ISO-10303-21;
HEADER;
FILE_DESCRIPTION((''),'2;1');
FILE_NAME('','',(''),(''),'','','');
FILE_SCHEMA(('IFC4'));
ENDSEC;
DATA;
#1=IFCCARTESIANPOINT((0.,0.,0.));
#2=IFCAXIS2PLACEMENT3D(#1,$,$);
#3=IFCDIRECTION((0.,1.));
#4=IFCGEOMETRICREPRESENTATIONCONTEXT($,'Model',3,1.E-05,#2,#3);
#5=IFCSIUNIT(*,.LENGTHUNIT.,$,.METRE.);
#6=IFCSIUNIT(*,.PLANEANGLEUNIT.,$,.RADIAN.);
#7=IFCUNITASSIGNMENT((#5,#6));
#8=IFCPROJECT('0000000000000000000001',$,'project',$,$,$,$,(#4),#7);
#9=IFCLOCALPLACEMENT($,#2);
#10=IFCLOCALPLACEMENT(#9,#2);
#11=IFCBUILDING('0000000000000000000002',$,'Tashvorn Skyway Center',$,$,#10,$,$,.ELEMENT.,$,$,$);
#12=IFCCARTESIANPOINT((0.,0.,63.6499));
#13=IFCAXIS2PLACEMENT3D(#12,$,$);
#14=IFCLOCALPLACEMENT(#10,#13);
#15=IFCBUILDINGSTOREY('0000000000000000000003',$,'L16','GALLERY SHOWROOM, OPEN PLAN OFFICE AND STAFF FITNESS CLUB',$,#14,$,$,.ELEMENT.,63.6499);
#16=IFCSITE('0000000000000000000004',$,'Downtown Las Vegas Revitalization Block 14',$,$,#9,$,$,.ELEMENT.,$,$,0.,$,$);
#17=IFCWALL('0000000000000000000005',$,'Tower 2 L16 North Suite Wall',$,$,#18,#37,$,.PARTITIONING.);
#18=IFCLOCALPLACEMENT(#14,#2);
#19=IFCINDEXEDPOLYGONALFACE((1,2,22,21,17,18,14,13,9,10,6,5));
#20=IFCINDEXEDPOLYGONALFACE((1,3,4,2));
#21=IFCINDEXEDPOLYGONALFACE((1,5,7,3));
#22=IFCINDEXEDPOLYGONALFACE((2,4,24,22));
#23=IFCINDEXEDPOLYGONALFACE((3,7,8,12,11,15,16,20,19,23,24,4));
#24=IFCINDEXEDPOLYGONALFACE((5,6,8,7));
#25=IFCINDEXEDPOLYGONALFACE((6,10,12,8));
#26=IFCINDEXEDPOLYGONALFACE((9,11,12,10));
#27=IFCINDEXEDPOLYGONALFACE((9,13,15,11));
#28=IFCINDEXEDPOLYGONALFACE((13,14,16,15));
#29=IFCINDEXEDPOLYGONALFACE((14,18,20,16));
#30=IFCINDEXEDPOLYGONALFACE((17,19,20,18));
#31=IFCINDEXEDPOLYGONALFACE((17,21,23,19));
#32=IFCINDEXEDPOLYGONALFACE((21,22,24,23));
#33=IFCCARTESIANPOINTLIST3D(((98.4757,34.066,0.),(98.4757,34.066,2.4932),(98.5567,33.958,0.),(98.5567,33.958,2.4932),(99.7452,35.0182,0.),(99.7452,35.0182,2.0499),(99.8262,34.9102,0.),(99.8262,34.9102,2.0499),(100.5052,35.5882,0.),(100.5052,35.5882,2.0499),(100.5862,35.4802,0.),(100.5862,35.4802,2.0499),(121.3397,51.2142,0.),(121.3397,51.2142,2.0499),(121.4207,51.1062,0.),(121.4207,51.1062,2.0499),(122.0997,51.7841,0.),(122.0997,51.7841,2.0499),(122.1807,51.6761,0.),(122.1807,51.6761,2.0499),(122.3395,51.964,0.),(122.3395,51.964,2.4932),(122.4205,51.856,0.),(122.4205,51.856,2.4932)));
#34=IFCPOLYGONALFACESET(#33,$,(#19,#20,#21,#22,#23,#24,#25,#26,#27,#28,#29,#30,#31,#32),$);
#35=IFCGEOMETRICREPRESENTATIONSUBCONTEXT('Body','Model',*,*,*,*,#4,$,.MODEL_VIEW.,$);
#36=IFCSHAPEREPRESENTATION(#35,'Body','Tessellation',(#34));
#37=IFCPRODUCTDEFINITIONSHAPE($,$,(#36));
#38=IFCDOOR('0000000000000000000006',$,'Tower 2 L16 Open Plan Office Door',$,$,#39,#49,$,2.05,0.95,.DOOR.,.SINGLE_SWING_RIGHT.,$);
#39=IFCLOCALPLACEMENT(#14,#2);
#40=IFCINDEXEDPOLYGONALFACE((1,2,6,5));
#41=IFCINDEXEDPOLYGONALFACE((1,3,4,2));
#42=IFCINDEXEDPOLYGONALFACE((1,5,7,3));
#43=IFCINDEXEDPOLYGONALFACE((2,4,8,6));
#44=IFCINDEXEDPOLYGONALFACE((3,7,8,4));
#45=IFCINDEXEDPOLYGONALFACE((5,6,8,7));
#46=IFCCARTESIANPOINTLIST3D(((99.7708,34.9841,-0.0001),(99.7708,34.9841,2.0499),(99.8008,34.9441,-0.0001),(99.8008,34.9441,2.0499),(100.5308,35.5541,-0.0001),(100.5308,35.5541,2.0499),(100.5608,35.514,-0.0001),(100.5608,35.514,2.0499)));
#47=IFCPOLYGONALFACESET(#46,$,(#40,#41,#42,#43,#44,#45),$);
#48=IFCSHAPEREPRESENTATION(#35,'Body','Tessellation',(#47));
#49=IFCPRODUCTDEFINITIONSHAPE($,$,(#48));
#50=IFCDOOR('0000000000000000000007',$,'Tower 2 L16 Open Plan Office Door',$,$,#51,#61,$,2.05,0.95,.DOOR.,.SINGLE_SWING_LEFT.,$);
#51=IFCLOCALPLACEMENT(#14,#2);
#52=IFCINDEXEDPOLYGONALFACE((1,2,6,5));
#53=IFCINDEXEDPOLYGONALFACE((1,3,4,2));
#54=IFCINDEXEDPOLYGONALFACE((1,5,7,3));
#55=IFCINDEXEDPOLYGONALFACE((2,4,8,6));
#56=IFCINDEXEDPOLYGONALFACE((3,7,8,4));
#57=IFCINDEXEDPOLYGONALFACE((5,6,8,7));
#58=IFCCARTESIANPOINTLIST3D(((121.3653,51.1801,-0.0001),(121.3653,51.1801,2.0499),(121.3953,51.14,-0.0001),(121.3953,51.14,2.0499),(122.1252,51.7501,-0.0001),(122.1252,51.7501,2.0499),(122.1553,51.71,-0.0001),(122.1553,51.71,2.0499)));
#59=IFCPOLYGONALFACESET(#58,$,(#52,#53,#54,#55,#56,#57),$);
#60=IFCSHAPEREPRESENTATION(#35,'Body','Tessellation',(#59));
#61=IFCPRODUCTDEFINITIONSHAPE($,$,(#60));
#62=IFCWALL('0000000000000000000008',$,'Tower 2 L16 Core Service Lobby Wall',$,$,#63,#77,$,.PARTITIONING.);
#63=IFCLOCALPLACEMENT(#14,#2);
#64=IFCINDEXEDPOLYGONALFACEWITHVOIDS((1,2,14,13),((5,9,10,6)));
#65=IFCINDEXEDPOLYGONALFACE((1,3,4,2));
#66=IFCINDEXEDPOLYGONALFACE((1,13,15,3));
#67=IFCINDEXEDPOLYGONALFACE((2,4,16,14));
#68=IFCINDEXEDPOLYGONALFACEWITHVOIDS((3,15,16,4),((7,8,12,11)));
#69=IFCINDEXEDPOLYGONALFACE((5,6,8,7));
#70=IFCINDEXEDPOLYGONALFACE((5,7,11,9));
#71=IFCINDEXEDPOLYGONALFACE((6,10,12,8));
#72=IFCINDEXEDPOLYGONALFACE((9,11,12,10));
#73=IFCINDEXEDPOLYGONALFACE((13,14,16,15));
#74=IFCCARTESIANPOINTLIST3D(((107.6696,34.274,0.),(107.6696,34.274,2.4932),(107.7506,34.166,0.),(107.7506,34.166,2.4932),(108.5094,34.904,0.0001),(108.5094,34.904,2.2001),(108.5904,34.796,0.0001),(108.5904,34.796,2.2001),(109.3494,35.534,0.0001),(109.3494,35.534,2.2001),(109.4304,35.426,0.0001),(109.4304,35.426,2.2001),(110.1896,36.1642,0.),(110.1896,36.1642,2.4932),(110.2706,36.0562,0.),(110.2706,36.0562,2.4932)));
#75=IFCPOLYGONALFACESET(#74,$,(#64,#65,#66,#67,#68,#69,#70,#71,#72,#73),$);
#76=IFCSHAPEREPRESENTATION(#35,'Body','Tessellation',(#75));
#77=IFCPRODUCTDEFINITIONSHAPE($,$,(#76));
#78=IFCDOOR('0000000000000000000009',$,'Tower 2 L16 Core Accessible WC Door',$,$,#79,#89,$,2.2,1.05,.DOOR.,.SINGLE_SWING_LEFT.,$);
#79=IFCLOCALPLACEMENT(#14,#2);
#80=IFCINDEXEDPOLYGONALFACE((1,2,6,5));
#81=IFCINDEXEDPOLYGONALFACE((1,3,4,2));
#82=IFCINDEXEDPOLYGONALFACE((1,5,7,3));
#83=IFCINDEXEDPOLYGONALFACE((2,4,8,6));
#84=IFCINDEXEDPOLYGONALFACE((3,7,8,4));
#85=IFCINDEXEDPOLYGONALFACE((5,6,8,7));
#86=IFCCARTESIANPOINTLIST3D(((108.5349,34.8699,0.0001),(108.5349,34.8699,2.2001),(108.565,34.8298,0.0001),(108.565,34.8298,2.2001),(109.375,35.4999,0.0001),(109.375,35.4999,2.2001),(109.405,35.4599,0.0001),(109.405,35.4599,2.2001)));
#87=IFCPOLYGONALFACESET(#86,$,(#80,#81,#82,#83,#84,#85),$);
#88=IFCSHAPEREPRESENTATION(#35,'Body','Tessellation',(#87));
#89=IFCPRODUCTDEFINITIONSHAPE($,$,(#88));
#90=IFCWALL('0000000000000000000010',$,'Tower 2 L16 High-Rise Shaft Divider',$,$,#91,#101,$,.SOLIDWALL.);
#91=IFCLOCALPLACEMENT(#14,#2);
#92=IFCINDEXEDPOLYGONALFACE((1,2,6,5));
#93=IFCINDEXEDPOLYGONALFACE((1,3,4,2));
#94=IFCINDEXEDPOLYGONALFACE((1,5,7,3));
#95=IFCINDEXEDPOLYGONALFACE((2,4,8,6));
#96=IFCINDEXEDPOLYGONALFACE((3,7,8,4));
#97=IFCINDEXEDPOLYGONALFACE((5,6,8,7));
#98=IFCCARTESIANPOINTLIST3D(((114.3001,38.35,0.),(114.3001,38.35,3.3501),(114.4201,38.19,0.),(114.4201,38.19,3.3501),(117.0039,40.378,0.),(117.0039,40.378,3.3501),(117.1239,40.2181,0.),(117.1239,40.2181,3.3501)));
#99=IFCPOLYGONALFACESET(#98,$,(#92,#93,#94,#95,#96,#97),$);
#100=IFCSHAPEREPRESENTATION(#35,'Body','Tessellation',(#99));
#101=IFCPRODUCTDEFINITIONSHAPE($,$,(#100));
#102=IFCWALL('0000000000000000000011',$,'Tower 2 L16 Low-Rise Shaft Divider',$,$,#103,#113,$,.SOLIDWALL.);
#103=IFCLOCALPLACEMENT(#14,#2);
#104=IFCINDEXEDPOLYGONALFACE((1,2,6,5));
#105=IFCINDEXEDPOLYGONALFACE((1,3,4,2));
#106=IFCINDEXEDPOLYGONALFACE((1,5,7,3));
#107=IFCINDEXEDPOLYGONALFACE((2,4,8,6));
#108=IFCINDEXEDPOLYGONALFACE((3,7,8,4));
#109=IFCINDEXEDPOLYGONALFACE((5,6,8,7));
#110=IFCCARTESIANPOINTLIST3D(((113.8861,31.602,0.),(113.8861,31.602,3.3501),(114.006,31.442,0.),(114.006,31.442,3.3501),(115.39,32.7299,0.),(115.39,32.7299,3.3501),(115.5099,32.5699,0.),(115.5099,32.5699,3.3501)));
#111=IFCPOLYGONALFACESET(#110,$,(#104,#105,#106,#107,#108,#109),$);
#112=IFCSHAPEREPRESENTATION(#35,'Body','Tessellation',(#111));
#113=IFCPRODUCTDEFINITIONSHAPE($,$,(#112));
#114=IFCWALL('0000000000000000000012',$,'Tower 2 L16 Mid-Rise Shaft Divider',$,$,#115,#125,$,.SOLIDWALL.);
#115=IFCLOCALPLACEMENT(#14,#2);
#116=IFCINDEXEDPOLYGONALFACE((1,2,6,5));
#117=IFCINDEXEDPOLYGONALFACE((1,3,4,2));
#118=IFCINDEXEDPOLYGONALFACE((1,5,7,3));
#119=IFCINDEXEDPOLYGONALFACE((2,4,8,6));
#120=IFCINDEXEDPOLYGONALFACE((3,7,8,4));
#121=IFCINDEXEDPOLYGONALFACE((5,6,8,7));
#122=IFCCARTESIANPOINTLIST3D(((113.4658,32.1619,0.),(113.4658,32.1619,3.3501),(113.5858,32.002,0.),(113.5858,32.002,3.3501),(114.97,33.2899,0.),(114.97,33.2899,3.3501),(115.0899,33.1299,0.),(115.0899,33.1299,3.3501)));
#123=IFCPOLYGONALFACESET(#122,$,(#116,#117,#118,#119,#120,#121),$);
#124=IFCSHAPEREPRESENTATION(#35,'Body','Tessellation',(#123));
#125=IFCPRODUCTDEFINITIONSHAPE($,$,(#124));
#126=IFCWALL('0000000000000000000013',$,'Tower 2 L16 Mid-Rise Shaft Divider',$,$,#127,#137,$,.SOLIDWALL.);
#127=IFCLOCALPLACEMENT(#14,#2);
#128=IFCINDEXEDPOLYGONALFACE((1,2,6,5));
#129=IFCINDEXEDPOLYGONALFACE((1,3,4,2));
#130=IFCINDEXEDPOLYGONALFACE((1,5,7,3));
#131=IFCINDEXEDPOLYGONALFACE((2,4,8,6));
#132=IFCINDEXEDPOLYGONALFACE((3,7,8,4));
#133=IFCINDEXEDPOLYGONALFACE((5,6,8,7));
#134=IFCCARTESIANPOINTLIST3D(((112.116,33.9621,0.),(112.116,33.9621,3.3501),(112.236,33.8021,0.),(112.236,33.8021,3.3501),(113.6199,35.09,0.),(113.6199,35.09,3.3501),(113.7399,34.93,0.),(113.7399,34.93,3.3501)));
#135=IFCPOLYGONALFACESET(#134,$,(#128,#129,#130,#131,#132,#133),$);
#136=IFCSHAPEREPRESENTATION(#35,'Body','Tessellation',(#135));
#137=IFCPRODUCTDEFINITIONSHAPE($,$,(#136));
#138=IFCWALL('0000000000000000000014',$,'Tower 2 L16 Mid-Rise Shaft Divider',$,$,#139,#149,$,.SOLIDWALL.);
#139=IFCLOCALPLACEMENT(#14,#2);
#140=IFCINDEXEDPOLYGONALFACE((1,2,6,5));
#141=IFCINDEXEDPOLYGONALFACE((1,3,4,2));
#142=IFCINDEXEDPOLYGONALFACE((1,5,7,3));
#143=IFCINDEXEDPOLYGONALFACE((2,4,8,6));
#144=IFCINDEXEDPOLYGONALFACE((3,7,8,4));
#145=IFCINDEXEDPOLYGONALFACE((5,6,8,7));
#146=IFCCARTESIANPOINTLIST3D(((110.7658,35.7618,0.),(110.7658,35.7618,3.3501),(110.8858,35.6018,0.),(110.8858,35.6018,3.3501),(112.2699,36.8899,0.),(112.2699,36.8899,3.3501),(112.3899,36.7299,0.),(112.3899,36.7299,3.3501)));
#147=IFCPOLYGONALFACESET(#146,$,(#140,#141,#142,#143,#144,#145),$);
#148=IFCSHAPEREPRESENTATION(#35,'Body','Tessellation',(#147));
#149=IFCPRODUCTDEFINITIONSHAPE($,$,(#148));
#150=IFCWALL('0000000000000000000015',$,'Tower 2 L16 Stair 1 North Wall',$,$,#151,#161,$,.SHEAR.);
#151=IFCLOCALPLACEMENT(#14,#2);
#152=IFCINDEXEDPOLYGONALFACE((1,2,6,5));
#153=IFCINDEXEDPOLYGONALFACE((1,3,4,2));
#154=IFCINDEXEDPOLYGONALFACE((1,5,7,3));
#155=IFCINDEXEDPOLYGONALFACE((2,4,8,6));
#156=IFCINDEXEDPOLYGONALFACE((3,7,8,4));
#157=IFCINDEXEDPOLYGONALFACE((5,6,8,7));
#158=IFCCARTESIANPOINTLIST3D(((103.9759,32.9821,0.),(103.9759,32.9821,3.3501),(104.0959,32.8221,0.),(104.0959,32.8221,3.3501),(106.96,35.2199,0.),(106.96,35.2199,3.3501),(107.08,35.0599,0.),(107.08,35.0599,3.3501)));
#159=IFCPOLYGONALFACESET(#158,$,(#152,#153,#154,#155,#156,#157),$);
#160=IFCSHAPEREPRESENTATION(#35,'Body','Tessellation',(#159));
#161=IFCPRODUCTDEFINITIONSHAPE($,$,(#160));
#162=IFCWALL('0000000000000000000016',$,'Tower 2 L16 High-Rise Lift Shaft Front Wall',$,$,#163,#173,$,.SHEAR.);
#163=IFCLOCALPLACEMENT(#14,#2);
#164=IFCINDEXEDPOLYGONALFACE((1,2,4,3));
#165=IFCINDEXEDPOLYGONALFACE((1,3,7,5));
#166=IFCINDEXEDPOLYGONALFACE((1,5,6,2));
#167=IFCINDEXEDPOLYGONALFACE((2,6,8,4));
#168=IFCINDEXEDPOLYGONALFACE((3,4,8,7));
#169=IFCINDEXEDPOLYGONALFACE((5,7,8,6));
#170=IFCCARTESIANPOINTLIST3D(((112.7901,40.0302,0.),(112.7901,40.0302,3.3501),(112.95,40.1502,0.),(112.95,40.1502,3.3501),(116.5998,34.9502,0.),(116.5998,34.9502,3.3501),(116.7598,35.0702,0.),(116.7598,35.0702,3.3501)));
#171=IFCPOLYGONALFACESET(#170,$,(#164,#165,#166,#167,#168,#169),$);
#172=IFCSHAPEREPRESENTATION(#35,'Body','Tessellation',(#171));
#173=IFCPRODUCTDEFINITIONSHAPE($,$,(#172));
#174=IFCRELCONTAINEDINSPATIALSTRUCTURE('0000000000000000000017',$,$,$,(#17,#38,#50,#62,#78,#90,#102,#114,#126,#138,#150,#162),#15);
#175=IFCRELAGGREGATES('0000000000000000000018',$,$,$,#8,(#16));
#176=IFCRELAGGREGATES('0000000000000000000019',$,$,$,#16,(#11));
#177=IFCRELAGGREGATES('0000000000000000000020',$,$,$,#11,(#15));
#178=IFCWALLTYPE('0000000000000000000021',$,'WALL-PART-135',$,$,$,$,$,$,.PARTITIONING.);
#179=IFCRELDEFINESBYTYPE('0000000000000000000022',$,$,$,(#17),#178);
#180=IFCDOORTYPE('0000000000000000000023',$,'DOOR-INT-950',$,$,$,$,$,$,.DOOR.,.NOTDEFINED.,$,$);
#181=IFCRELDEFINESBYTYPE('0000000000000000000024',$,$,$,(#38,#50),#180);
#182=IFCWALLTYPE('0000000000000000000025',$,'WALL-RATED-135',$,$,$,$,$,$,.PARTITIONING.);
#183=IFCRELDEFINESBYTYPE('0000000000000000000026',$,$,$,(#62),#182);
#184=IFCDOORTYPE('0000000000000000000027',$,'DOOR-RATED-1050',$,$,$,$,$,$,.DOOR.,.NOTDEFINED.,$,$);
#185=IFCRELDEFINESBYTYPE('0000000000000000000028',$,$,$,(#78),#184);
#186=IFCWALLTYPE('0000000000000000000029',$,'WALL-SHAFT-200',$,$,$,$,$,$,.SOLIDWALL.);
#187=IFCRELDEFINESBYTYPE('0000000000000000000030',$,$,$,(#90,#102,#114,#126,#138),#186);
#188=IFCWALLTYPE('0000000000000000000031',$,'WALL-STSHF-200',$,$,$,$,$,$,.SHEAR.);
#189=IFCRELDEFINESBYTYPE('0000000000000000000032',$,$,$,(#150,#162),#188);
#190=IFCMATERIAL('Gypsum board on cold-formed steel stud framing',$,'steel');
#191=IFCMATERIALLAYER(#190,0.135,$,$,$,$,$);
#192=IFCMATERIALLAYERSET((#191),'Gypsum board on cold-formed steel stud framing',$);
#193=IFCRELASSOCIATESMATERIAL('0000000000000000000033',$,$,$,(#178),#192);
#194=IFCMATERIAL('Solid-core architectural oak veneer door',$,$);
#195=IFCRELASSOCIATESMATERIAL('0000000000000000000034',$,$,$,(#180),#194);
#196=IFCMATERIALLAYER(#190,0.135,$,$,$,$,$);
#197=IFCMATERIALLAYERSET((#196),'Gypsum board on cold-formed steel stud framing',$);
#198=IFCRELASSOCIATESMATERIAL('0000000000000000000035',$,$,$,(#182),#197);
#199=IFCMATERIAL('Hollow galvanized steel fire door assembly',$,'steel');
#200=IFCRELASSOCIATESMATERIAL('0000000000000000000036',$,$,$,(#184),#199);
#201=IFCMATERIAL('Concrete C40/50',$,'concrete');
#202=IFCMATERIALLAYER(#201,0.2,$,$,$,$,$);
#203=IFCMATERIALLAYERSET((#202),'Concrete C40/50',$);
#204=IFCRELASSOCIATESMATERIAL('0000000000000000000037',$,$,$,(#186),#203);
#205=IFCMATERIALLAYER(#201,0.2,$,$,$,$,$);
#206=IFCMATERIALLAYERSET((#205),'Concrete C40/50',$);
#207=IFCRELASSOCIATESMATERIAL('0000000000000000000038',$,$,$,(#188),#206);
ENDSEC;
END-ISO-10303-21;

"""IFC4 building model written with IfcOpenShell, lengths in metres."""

from ifc_helpers import new_model, si_unit, direction, frame, frame_2d, origin, place, context, subcontext, project, spatial, rectangle, extrude, material, layer, layer_set, type_object, element, fill, save


model = new_model("IFC4")

# Units and contexts
model_context = context("Model", 3, precision=1e-05, world=origin(), true_north=direction((0.0, 1.0)))
body_context = subcontext(model_context, "Body", "Model", "MODEL_VIEW")
ifc_project = project(units=[si_unit("LENGTHUNIT", "METRE"), si_unit("PLANEANGLEUNIT", "RADIAN")], contexts=[model_context])

# Site, building, storey
site_placement = place(None, origin())
site = spatial("IfcSite", under=ifc_project, at=site_placement, Name="Downtown Las Vegas Revitalization Block 14", CompositionType="ELEMENT", RefElevation=0.0)
building_placement = place(site_placement, origin())
building = spatial("IfcBuilding", under=site, at=building_placement, Name="Tashvorn Skyway Center", CompositionType="ELEMENT")
storey_placement = place(building_placement, frame((0.0, 0.0, 63.6499)))
storey = spatial("IfcBuildingStorey", under=building, at=storey_placement, Name="L16", Description="GALLERY SHOWROOM, OPEN PLAN OFFICE AND STAFF FITNESS CLUB", CompositionType="ELEMENT", Elevation=63.6499)

# Shared definitions
ifc_material_1 = material(Name="Hollow galvanized steel fire door assembly", Category="steel")

# Shared definitions
ifc_material_2 = material(Name="Concrete C40/50", Category="concrete")
ifc_material_3 = material(Name="Gypsum board on cold-formed steel stud framing", Category="steel")

# Wall, openings, doors
ifc_layer_1 = layer(ifc_material_3, 0.135)
ifc_layer_set_1 = layer_set([ifc_layer_1], Name="Gypsum board on cold-formed steel stud framing")
wall_type_1 = type_object("IfcWallType", Name="WALL-PART-135", PredefinedType="PARTITIONING", material=ifc_layer_set_1)
wall_1_placement = place(storey_placement, frame((98.5161, 34.012, 0.0), z_axis=(0.0, 0.0, 1.0), x_axis=(0.799998, 0.600003, 0.0)))
wall_1 = element("IfcWall", 1, at=wall_1_placement, inside=storey, type_object=wall_type_1, Name="Tower 2 L16 North Suite Wall", PredefinedType="PARTITIONING", context=body_context, shape_type="SweptSolid", body=[
    extrude(rectangle(XDim=29.8298, YDim=0.135, at=frame_2d((14.915, 0.0))), origin(), (0.0, 0.0, 1.0), 2.4932),
])
opening_1_placement = place(wall_1_placement, frame((1.5869, 0.0, 0.0)))
opening_1 = element("IfcOpeningElement", 2, at=opening_1_placement, cuts=wall_1, PredefinedType="OPENING", context=body_context, shape_type="SweptSolid", body=[
    extrude(rectangle(XDim=0.95, YDim=2.05, at=frame_2d((0.4751, 1.0249))), frame((0.0, 0.0774, 0.0), z_axis=(0.0, -1.0, 0.0), x_axis=(1.0, 0.0, 0.0)), (0.0, 0.0, 1.0), 0.155),
])
opening_2_placement = place(wall_1_placement, frame((28.5801, 0.0, 0.0)))
opening_2 = element("IfcOpeningElement", 3, at=opening_2_placement, cuts=wall_1, PredefinedType="OPENING", context=body_context, shape_type="SweptSolid", body=[
    extrude(rectangle(XDim=0.95, YDim=2.05, at=frame_2d((0.4751, 1.0249))), frame((0.0, 0.0774, 0.0), z_axis=(0.0, -1.0, 0.0), x_axis=(1.0, 0.0, 0.0)), (0.0, 0.0, 1.0), 0.155),
])
ifc_material_4 = material(Name="Solid-core architectural oak veneer door")
door_type_1 = type_object("IfcDoorType", Name="DOOR-INT-950", OperationType="NOTDEFINED", PredefinedType="DOOR", material=ifc_material_4)
door_1_placement = place(opening_1_placement, origin())
door_1 = element("IfcDoor", 4, at=door_1_placement, inside=storey, type_object=door_type_1, Name="Tower 2 L16 Open Plan Office Door", OperationType="SINGLE_SWING_RIGHT", OverallHeight=2.05, OverallWidth=0.95, PredefinedType="DOOR", context=body_context, shape_type="SweptSolid", body=[
    extrude(rectangle(XDim=0.95, YDim=2.05, at=frame_2d((0.4751, 1.0249))), frame((0.0, 0.0249, 0.0), z_axis=(0.0, -1.0, 0.0), x_axis=(1.0, 0.0, 0.0)), (0.0, 0.0, 1.0), 0.05),
])
fill(opening_1, door_1)
door_2_placement = place(opening_2_placement, origin())
door_2 = element("IfcDoor", 5, at=door_2_placement, inside=storey, type_object=door_type_1, Name="Tower 2 L16 Open Plan Office Door", OperationType="SINGLE_SWING_LEFT", OverallHeight=2.05, OverallWidth=0.95, PredefinedType="DOOR", context=body_context, shape_type="SweptSolid", body=[
    extrude(rectangle(XDim=0.95, YDim=2.05, at=frame_2d((0.4751, 1.0249))), frame((0.0, 0.0249, 0.0), z_axis=(0.0, -1.0, 0.0), x_axis=(1.0, 0.0, 0.0)), (0.0, 0.0, 1.0), 0.05),
])
fill(opening_2, door_2)

# Wall, opening, door
ifc_layer_2 = layer(ifc_material_3, 0.135)
ifc_layer_set_2 = layer_set([ifc_layer_2], Name="Gypsum board on cold-formed steel stud framing")
wall_type_2 = type_object("IfcWallType", Name="WALL-RATED-135", PredefinedType="PARTITIONING", material=ifc_layer_set_2)
wall_2_placement = place(storey_placement, frame((107.71, 34.22, 0.0), z_axis=(0.0, 0.0, 1.0), x_axis=(0.799981, 0.600025, 0.0)))
wall_2 = element("IfcWall", 6, at=wall_2_placement, inside=storey, type_object=wall_type_2, Name="Tower 2 L16 Core Service Lobby Wall", PredefinedType="PARTITIONING", context=body_context, shape_type="SweptSolid", body=[
    extrude(rectangle(XDim=3.1501, YDim=0.135, at=frame_2d((1.5752, 0.0))), origin(), (0.0, 0.0, 1.0), 2.4932),
])
opening_3_placement = place(wall_2_placement, frame((1.05, 0.0, 0.0)))
opening_3 = element("IfcOpeningElement", 7, at=opening_3_placement, cuts=wall_2, PredefinedType="OPENING", context=body_context, shape_type="SweptSolid", body=[
    extrude(rectangle(XDim=1.05, YDim=2.2, at=frame_2d((0.5249, 1.1001))), frame((0.0, 0.0774, 0.0), z_axis=(0.0, -1.0, 0.0), x_axis=(1.0, 0.0, 0.0)), (0.0, 0.0, 1.0), 0.155),
])
door_type_2 = type_object("IfcDoorType", Name="DOOR-RATED-1050", OperationType="NOTDEFINED", PredefinedType="DOOR", material=ifc_material_1)
door_3_placement = place(opening_3_placement, origin())
door_3 = element("IfcDoor", 8, at=door_3_placement, inside=storey, type_object=door_type_2, Name="Tower 2 L16 Core Accessible WC Door", OperationType="SINGLE_SWING_LEFT", OverallHeight=2.2, OverallWidth=1.05, PredefinedType="DOOR", context=body_context, shape_type="SweptSolid", body=[
    extrude(rectangle(XDim=1.05, YDim=2.2, at=frame_2d((0.5249, 1.1001))), frame((0.0, 0.0249, 0.0), z_axis=(0.0, -1.0, 0.0), x_axis=(1.0, 0.0, 0.0)), (0.0, 0.0, 1.0), 0.05),
])
fill(opening_3, door_3)

# Walls
ifc_layer_3 = layer(ifc_material_2, 0.2)
ifc_layer_set_3 = layer_set([ifc_layer_3], Name="Concrete C40/50")
wall_type_3 = type_object("IfcWallType", Name="WALL-SHAFT-200", PredefinedType="SOLIDWALL", material=ifc_layer_set_3)
wall_3_placement = place(storey_placement, frame((114.3601, 38.27, 0.0), z_axis=(0.0, 0.0, 1.0), x_axis=(0.799974, 0.600035, 0.0)))
element("IfcWall", 9, at=wall_3_placement, inside=storey, type_object=wall_type_3, Name="Tower 2 L16 High-Rise Shaft Divider", PredefinedType="SOLIDWALL", context=body_context, shape_type="SweptSolid", body=[
    extrude(rectangle(XDim=3.3799, YDim=0.2, at=frame_2d((1.6899, 0.0))), origin(), (0.0, 0.0, 1.0), 3.3501),
])
wall_4_placement = place(storey_placement, frame((113.946, 31.522, 0.0), z_axis=(0.0, 0.0, 1.0), x_axis=(0.8, 0.6, 0.0)))
element("IfcWall", 10, at=wall_4_placement, inside=storey, type_object=wall_type_3, Name="Tower 2 L16 Low-Rise Shaft Divider", PredefinedType="SOLIDWALL", context=body_context, shape_type="SweptSolid", body=[
    extrude(rectangle(XDim=1.8799, YDim=0.2, at=frame_2d((0.9399, 0.0))), origin(), (0.0, 0.0, 1.0), 3.3501),
])
wall_5_placement = place(storey_placement, frame((113.5259, 32.082, 0.0), z_axis=(0.0, 0.0, 1.0), x_axis=(0.800047, 0.599938, 0.0)))
element("IfcWall", 11, at=wall_5_placement, inside=storey, type_object=wall_type_3, Name="Tower 2 L16 Mid-Rise Shaft Divider", PredefinedType="SOLIDWALL", context=body_context, shape_type="SweptSolid", body=[
    extrude(rectangle(XDim=1.8801, YDim=0.2, at=frame_2d((0.9399, 0.0))), origin(), (0.0, 0.0, 1.0), 3.3501),
])
wall_6_placement = place(storey_placement, frame((112.176, 33.8821, 0.0), z_axis=(0.0, 0.0, 1.0), x_axis=(0.8, 0.6, 0.0)))
element("IfcWall", 12, at=wall_6_placement, inside=storey, type_object=wall_type_3, Name="Tower 2 L16 Mid-Rise Shaft Divider", PredefinedType="SOLIDWALL", context=body_context, shape_type="SweptSolid", body=[
    extrude(rectangle(XDim=1.8799, YDim=0.2, at=frame_2d((0.9399, 0.0))), origin(), (0.0, 0.0, 1.0), 3.3501),
])
wall_7_placement = place(storey_placement, frame((110.8259, 35.6819, 0.0), z_axis=(0.0, 0.0, 1.0), x_axis=(0.799984, 0.600021, 0.0)))
element("IfcWall", 13, at=wall_7_placement, inside=storey, type_object=wall_type_3, Name="Tower 2 L16 Mid-Rise Shaft Divider", PredefinedType="SOLIDWALL", context=body_context, shape_type="SweptSolid", body=[
    extrude(rectangle(XDim=1.8801, YDim=0.2, at=frame_2d((0.9399, 0.0))), origin(), (0.0, 0.0, 1.0), 3.3501),
])
ifc_layer_4 = layer(ifc_material_2, 0.2)
ifc_layer_set_4 = layer_set([ifc_layer_4], Name="Concrete C40/50")
wall_type_4 = type_object("IfcWallType", Name="WALL-STSHF-200", PredefinedType="SHEAR", material=ifc_layer_set_4)
wall_8_placement = place(storey_placement, frame((104.0359, 32.9021, 0.0), z_axis=(0.0, 0.0, 1.0), x_axis=(0.800039, 0.599948, 0.0)))
element("IfcWall", 14, at=wall_8_placement, inside=storey, type_object=wall_type_4, Name="Tower 2 L16 Stair 1 North Wall", PredefinedType="SHEAR", context=body_context, shape_type="SweptSolid", body=[
    extrude(rectangle(XDim=3.73, YDim=0.2, at=frame_2d((1.865, 0.0))), origin(), (0.0, 0.0, 1.0), 3.3501),
])
wall_9_placement = place(storey_placement, frame((112.8701, 40.0901, 0.0), z_axis=(0.0, 0.0, 1.0), x_axis=(0.599975, -0.800018, 0.0)))
element("IfcWall", 15, at=wall_9_placement, inside=storey, type_object=wall_type_4, Name="Tower 2 L16 High-Rise Lift Shaft Front Wall", PredefinedType="SHEAR", context=body_context, shape_type="SweptSolid", body=[
    extrude(rectangle(XDim=6.3499, YDim=0.2, at=frame_2d((3.1748, 0.0))), origin(), (0.0, 0.0, 1.0), 3.3501),
])

save(model, "model.ifc")
